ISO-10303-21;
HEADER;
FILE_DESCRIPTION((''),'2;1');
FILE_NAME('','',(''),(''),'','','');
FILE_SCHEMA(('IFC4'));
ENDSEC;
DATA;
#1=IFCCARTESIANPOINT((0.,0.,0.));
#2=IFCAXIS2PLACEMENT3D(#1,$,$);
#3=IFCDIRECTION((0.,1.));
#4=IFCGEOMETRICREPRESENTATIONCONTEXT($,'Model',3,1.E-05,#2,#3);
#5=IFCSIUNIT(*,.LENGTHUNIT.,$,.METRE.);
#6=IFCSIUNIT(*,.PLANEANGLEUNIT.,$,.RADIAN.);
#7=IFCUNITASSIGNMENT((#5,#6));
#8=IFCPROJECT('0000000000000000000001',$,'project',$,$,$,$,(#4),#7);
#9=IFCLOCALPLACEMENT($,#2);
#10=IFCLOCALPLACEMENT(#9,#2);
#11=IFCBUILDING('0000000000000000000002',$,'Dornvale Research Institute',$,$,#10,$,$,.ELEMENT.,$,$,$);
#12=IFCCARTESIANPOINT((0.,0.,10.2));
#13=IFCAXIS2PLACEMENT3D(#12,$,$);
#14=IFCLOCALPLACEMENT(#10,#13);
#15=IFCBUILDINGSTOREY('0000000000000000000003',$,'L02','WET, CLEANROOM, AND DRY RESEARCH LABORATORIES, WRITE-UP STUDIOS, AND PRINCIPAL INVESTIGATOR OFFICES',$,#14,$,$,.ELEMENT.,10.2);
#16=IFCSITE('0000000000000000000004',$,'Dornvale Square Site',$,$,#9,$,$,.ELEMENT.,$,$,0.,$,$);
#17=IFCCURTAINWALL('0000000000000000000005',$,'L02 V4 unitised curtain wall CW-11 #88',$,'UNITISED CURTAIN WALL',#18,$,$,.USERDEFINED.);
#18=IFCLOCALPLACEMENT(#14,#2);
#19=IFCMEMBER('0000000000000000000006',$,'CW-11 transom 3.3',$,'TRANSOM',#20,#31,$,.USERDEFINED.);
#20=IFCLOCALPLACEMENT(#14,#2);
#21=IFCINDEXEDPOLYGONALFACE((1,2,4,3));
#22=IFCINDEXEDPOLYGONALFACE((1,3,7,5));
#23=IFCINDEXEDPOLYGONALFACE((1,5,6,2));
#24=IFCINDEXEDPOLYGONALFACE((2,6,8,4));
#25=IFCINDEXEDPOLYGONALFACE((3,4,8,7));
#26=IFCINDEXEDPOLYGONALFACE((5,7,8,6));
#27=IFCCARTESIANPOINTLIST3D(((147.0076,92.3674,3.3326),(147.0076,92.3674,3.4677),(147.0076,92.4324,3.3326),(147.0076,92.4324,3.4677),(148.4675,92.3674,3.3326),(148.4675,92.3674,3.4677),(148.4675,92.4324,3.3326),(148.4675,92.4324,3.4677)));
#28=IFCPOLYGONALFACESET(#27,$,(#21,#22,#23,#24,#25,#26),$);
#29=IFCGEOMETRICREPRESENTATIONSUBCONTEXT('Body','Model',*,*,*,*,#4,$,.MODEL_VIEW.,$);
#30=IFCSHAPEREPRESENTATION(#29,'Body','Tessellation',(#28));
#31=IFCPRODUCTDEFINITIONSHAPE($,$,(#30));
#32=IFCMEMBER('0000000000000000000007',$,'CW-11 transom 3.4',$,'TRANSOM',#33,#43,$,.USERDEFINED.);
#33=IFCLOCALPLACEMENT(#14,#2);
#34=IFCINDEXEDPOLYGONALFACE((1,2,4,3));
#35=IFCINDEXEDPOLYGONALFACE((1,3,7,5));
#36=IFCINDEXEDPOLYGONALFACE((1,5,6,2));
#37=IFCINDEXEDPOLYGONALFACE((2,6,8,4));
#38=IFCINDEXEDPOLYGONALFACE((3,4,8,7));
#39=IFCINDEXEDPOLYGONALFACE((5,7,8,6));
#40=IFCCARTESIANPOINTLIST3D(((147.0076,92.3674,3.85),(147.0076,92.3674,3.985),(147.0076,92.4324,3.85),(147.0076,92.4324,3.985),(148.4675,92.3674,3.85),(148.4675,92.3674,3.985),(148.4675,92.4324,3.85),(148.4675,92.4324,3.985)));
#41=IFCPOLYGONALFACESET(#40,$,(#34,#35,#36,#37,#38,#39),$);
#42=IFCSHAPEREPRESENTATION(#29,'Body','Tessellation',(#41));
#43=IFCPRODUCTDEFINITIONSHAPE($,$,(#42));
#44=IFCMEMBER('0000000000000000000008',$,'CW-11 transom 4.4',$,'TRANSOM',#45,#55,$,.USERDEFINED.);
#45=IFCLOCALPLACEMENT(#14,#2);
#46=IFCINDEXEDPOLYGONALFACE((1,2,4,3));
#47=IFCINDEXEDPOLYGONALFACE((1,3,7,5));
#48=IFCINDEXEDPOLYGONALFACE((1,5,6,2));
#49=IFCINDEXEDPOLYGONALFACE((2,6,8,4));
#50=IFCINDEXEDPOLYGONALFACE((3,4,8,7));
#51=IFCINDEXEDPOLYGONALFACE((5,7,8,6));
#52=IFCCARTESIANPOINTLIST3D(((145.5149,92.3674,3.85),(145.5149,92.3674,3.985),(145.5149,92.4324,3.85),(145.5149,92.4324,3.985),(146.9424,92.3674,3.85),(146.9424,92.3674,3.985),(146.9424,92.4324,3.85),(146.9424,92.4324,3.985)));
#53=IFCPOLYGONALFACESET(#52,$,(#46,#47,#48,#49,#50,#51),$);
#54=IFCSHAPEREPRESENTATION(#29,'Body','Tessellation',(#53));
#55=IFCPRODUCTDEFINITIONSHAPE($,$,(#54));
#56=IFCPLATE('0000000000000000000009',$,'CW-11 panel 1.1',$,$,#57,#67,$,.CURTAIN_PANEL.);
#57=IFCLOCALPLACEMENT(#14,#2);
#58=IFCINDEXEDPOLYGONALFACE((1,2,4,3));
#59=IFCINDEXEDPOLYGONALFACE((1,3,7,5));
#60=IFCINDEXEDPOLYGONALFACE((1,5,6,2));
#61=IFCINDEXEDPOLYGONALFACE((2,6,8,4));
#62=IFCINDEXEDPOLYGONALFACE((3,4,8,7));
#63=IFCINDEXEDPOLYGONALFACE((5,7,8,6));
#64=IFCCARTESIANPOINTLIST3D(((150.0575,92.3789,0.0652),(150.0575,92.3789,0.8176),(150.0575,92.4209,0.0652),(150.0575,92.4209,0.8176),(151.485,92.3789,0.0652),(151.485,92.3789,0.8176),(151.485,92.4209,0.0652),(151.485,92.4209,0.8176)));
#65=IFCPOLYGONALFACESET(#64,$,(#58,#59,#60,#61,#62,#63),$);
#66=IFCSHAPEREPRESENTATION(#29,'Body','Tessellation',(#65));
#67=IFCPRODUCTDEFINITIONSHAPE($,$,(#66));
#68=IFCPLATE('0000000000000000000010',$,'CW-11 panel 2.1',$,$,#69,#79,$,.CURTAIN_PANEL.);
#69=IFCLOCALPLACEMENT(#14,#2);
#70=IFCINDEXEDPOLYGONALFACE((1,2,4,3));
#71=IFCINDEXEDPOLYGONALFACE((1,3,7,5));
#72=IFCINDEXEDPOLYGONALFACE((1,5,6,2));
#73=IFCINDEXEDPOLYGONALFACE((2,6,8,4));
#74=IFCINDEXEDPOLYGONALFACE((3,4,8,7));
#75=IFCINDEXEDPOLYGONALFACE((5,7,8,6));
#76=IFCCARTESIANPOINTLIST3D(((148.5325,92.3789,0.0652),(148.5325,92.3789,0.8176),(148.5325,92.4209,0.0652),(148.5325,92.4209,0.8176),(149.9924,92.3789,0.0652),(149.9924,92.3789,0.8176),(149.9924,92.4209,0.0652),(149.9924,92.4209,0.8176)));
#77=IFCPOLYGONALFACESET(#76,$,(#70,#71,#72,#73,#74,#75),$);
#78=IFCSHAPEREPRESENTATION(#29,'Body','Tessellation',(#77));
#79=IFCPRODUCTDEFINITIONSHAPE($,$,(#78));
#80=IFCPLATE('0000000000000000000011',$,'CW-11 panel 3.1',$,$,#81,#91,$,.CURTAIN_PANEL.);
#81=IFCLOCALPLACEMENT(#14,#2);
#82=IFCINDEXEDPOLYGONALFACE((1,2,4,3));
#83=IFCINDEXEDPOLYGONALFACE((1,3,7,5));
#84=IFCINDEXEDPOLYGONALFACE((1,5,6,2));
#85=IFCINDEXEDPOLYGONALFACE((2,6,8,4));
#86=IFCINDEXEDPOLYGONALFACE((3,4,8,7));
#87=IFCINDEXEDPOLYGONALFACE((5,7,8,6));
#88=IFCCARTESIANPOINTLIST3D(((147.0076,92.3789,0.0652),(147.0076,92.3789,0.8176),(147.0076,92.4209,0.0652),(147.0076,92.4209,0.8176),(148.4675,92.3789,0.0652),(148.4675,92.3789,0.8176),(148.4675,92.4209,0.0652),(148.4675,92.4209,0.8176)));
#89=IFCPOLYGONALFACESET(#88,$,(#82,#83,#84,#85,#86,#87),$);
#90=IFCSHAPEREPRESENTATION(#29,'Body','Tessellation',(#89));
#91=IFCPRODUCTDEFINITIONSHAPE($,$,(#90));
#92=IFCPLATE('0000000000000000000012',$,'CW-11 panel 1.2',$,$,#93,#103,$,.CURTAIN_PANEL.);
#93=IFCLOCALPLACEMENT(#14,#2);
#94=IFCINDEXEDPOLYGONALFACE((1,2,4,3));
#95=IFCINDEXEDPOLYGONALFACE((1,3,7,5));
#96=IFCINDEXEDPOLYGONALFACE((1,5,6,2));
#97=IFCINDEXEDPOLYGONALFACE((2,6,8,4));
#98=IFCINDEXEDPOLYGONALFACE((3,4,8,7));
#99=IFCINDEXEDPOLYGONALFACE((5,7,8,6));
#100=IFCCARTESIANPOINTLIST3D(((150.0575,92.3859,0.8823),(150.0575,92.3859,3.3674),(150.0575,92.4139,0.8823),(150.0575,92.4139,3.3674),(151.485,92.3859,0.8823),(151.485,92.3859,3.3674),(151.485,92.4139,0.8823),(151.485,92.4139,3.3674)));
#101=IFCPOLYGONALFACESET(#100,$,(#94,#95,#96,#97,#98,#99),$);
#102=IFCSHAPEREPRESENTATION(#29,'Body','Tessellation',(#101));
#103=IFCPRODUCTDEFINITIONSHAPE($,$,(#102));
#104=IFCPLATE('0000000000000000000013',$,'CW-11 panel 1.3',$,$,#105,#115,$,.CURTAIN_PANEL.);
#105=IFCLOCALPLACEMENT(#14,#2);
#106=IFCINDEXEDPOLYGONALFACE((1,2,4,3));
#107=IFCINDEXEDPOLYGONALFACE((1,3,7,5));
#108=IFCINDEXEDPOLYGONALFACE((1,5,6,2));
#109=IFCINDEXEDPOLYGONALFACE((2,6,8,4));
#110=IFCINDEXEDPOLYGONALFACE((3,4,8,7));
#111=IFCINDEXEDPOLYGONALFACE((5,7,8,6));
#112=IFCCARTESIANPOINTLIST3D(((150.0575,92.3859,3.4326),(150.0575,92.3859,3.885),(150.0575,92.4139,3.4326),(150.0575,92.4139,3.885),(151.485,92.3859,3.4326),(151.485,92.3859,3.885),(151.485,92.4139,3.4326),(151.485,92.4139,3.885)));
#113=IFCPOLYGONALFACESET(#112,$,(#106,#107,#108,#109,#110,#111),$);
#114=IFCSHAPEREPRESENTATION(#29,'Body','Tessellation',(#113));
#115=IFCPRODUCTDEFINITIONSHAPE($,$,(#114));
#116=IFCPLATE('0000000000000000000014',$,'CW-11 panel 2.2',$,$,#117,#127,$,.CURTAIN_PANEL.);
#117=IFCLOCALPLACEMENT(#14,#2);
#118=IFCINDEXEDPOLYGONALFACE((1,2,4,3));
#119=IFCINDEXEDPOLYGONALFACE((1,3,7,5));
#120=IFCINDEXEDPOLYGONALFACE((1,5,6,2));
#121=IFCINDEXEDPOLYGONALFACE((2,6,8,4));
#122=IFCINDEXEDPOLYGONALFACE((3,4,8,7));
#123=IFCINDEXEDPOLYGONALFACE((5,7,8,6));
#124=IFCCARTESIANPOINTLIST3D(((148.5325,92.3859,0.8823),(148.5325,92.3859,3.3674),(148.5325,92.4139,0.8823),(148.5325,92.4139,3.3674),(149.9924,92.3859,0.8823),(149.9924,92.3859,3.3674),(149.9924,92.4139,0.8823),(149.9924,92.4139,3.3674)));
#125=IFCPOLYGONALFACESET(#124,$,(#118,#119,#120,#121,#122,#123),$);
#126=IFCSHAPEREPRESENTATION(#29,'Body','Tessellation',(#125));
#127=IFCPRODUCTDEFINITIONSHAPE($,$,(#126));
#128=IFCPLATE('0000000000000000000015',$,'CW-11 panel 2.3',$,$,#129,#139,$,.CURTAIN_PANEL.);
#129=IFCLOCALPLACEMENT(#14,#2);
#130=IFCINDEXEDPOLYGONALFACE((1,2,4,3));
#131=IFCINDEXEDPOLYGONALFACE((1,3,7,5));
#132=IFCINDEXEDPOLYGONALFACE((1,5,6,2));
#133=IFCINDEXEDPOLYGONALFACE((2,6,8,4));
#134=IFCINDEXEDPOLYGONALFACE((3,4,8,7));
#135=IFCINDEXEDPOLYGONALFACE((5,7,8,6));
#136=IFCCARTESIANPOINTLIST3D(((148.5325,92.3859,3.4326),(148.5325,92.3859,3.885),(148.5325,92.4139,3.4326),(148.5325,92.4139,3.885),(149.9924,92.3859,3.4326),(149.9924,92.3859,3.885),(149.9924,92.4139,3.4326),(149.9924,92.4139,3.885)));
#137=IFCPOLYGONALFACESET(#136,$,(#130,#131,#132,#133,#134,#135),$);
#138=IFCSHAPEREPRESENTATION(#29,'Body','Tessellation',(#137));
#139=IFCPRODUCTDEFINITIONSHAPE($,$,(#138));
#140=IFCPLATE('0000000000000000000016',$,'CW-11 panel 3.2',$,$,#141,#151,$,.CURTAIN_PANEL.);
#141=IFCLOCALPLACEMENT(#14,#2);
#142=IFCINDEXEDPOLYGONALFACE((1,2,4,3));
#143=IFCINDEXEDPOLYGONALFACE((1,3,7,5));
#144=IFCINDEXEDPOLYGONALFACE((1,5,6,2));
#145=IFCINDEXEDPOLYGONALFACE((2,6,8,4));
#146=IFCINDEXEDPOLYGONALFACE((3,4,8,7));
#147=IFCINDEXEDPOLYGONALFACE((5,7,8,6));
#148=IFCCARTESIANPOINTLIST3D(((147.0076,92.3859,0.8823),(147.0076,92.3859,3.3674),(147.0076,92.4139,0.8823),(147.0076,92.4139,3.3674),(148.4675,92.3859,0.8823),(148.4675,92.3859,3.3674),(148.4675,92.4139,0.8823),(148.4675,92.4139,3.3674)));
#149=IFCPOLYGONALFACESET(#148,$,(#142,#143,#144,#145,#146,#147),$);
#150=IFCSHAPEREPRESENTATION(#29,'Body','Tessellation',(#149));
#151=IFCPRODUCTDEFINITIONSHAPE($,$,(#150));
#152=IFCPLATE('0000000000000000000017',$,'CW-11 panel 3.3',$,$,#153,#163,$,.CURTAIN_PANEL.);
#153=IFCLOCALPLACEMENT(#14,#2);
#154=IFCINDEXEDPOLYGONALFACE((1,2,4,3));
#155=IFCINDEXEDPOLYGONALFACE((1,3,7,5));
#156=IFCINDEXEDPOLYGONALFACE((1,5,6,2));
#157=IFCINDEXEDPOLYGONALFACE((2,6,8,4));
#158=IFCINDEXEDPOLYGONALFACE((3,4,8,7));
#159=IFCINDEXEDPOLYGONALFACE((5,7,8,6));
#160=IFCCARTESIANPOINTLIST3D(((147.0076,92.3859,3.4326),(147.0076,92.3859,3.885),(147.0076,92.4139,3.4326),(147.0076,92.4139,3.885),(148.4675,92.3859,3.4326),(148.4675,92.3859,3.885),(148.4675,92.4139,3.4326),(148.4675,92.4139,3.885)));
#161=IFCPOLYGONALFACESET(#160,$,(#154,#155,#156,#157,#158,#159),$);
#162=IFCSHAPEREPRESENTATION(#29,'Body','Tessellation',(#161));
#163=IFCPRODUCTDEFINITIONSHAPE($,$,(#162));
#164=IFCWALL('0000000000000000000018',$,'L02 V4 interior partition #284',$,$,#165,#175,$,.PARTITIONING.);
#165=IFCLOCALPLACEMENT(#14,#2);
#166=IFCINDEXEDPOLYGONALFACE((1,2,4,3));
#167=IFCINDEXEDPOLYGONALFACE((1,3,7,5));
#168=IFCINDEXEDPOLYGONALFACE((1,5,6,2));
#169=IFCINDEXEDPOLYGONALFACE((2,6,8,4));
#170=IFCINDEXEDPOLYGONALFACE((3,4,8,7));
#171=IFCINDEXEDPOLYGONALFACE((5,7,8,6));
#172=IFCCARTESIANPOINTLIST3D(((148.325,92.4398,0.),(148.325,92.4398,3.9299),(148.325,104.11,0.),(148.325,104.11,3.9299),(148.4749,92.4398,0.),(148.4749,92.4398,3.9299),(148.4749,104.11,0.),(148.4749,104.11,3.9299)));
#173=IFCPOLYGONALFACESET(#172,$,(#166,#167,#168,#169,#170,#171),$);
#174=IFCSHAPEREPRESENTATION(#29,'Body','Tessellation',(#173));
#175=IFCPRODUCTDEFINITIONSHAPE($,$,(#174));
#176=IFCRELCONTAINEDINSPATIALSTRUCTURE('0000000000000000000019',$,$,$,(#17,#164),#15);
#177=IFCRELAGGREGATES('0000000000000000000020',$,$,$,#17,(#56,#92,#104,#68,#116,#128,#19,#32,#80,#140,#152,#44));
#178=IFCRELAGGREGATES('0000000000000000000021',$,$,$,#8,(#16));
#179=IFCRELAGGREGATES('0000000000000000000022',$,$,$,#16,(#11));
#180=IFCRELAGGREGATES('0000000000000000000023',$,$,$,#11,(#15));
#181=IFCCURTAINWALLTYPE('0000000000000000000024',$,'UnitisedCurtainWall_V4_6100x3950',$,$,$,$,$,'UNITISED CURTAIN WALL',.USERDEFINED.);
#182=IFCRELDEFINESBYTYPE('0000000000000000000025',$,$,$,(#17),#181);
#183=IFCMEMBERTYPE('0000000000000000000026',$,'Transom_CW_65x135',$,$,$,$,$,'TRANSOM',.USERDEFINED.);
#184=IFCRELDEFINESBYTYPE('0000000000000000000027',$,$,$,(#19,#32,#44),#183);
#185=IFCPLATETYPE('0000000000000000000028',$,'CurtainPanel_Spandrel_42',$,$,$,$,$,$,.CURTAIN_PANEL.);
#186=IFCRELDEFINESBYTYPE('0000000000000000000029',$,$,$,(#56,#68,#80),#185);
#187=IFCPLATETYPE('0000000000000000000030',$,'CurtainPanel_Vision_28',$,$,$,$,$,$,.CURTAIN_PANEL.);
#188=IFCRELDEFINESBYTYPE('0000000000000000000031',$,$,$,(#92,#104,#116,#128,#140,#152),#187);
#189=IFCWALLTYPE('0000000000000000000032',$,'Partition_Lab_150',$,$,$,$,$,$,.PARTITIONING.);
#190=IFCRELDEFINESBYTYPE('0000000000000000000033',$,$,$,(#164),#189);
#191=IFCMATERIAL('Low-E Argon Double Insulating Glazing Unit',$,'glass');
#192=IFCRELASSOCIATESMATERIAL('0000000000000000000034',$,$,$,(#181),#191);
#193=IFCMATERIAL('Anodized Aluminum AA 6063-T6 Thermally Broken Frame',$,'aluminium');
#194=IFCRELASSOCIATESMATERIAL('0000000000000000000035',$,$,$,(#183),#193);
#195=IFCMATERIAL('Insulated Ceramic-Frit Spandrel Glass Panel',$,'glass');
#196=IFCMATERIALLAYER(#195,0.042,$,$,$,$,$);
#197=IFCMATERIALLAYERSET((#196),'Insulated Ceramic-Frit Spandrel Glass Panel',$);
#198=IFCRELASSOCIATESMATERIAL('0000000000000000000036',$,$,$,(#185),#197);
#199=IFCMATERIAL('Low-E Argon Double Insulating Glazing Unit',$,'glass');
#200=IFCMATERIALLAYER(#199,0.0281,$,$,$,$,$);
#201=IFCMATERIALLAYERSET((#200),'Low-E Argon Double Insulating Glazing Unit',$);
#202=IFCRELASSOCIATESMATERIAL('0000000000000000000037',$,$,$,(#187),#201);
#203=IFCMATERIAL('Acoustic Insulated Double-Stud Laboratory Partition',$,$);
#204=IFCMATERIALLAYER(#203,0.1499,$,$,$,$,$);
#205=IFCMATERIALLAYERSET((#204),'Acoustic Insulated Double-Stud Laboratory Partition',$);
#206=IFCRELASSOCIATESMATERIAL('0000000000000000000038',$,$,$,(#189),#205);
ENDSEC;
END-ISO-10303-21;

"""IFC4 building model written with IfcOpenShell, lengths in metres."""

from ifc_helpers import new_model, si_unit, direction, frame, frame_2d, origin, origin_2d, place, context, subcontext, project, spatial, rectangle, extrude, material, layer, layer_set, material_profile, profile_set, type_object, element, aggregate, save


model = new_model("IFC4")

# Units and contexts
model_context = context("Model", 3, precision=1e-05, world=origin(), true_north=direction((0.0, 1.0)))
body_context = subcontext(model_context, "Body", "Model", "MODEL_VIEW")
ifc_project = project(units=[si_unit("LENGTHUNIT", "METRE"), si_unit("PLANEANGLEUNIT", "RADIAN")], contexts=[model_context])

# Site, building, storey
site_placement = place(None, origin())
site = spatial("IfcSite", under=ifc_project, at=site_placement, Name="Dornvale Square Site", CompositionType="ELEMENT", RefElevation=0.0)
building_placement = place(site_placement, origin())
building = spatial("IfcBuilding", under=site, at=building_placement, Name="Dornvale Research Institute", CompositionType="ELEMENT")
storey_placement = place(building_placement, frame((0.0, 0.0, 10.2)))
storey = spatial("IfcBuildingStorey", under=building, at=storey_placement, Name="L02", Description="WET, CLEANROOM, AND DRY RESEARCH LABORATORIES, WRITE-UP STUDIOS, AND PRINCIPAL INVESTIGATOR OFFICES", CompositionType="ELEMENT", Elevation=10.2)

# Curtain wall, members, plates
ifc_material_1 = material(Name="Low-E Argon Double Insulating Glazing Unit", Category="glass")
curtain_wall_type = type_object("IfcCurtainWallType", Name="UnitisedCurtainWall_V4_6100x3950", ElementType="UNITISED CURTAIN WALL", PredefinedType="USERDEFINED", material=ifc_material_1)
curtain_wall_placement = place(storey_placement, origin())
curtain_wall = element("IfcCurtainWall", 1, at=curtain_wall_placement, inside=storey, type_object=curtain_wall_type, Name="L02 V4 unitised curtain wall CW-11 #88", ObjectType="UNITISED CURTAIN WALL", PredefinedType="USERDEFINED")
ifc_material_2 = material(Name="Anodized Aluminum AA 6063-T6 Thermally Broken Frame", Category="aluminium")
ifc_material_profile_1 = material_profile(ifc_material_2, rectangle(XDim=0.0649, YDim=0.135, at=origin_2d()), Name="ALU TRANSOM 65x135")
ifc_profile_set_1 = profile_set([ifc_material_profile_1], Name="Anodized Aluminum AA 6063-T6 Thermally Broken Frame")
member_type_1 = type_object("IfcMemberType", Name="Transom_CW_65x135", ElementType="TRANSOM", PredefinedType="USERDEFINED", material=ifc_profile_set_1)
member_1_placement = place(storey_placement, frame((148.4675, 92.3999, 3.4001), z_axis=(-1.0, 0.0, 0.0), x_axis=(0.0, -1.0, 0.0)))
member_1 = element("IfcMember", 2, at=member_1_placement, type_object=member_type_1, Name="CW-11 transom 3.3", ObjectType="TRANSOM", PredefinedType="USERDEFINED", context=body_context, shape_type="SweptSolid", body=[
    extrude(rectangle(XDim=0.0649, YDim=0.135, at=origin_2d()), origin(), (0.0, 0.0, 1.0), 1.46),
])
member_2_placement = place(storey_placement, frame((148.4675, 92.3999, 3.9175), z_axis=(-1.0, 0.0, 0.0), x_axis=(0.0, -1.0, 0.0)))
member_2 = element("IfcMember", 3, at=member_2_placement, type_object=member_type_1, Name="CW-11 transom 3.4", ObjectType="TRANSOM", PredefinedType="USERDEFINED", context=body_context, shape_type="SweptSolid", body=[
    extrude(rectangle(XDim=0.0649, YDim=0.135, at=origin_2d()), origin(), (0.0, 0.0, 1.0), 1.46),
])
member_3_placement = place(storey_placement, frame((146.9424, 92.3999, 3.9175), z_axis=(-1.0, 0.0, 0.0), x_axis=(0.0, -1.0, 0.0)))
member_3 = element("IfcMember", 4, at=member_3_placement, type_object=member_type_1, Name="CW-11 transom 4.4", ObjectType="TRANSOM", PredefinedType="USERDEFINED", context=body_context, shape_type="SweptSolid", body=[
    extrude(rectangle(XDim=0.0649, YDim=0.135, at=origin_2d()), origin(), (0.0, 0.0, 1.0), 1.4275),
])
ifc_material_3 = material(Name="Insulated Ceramic-Frit Spandrel Glass Panel", Category="glass")
ifc_layer_1 = layer(ifc_material_3, 0.042)
ifc_layer_set_1 = layer_set([ifc_layer_1], Name="Insulated Ceramic-Frit Spandrel Glass Panel")
plate_type_1 = type_object("IfcPlateType", Name="CurtainPanel_Spandrel_42", PredefinedType="CURTAIN_PANEL", material=ifc_layer_set_1)
plate_1_placement = place(storey_placement, frame((150.7712, 92.3999, 0.0652), z_axis=(0.0, 0.0, 1.0), x_axis=(-1.0, 0.0, 0.0)))
plate_1 = element("IfcPlate", 5, at=plate_1_placement, type_object=plate_type_1, Name="CW-11 panel 1.1", PredefinedType="CURTAIN_PANEL", context=body_context, shape_type="SweptSolid", body=[
    extrude(rectangle(XDim=1.4275, YDim=0.042, at=origin_2d()), origin(), (0.0, 0.0, 1.0), 0.7524),
])
plate_2_placement = place(storey_placement, frame((149.2625, 92.3999, 0.0652), z_axis=(0.0, 0.0, 1.0), x_axis=(-1.0, 0.0, 0.0)))
plate_2 = element("IfcPlate", 6, at=plate_2_placement, type_object=plate_type_1, Name="CW-11 panel 2.1", PredefinedType="CURTAIN_PANEL", context=body_context, shape_type="SweptSolid", body=[
    extrude(rectangle(XDim=1.46, YDim=0.042, at=origin_2d()), origin(), (0.0, 0.0, 1.0), 0.7524),
])
plate_3_placement = place(storey_placement, frame((147.7375, 92.3999, 0.0652), z_axis=(0.0, 0.0, 1.0), x_axis=(-1.0, 0.0, 0.0)))
plate_3 = element("IfcPlate", 7, at=plate_3_placement, type_object=plate_type_1, Name="CW-11 panel 3.1", PredefinedType="CURTAIN_PANEL", context=body_context, shape_type="SweptSolid", body=[
    extrude(rectangle(XDim=1.46, YDim=0.042, at=origin_2d()), origin(), (0.0, 0.0, 1.0), 0.7524),
])
ifc_material_4 = material(Name="Low-E Argon Double Insulating Glazing Unit", Category="glass")
ifc_layer_2 = layer(ifc_material_4, 0.0281)
ifc_layer_set_2 = layer_set([ifc_layer_2], Name="Low-E Argon Double Insulating Glazing Unit")
plate_type_2 = type_object("IfcPlateType", Name="CurtainPanel_Vision_28", PredefinedType="CURTAIN_PANEL", material=ifc_layer_set_2)
plate_4_placement = place(storey_placement, frame((150.7712, 92.3999, 0.8823), z_axis=(0.0, 0.0, 1.0), x_axis=(-1.0, 0.0, 0.0)))
plate_4 = element("IfcPlate", 8, at=plate_4_placement, type_object=plate_type_2, Name="CW-11 panel 1.2", PredefinedType="CURTAIN_PANEL", context=body_context, shape_type="SweptSolid", body=[
    extrude(rectangle(XDim=1.4275, YDim=0.0281, at=origin_2d()), origin(), (0.0, 0.0, 1.0), 2.4851),
])
plate_5_placement = place(storey_placement, frame((150.7712, 92.3999, 3.4326), z_axis=(0.0, 0.0, 1.0), x_axis=(-1.0, 0.0, 0.0)))
plate_5 = element("IfcPlate", 9, at=plate_5_placement, type_object=plate_type_2, Name="CW-11 panel 1.3", PredefinedType="CURTAIN_PANEL", context=body_context, shape_type="SweptSolid", body=[
    extrude(rectangle(XDim=1.4275, YDim=0.0281, at=origin_2d()), origin(), (0.0, 0.0, 1.0), 0.4524),
])
plate_6_placement = place(storey_placement, frame((149.2625, 92.3999, 0.8823), z_axis=(0.0, 0.0, 1.0), x_axis=(-1.0, 0.0, 0.0)))
plate_6 = element("IfcPlate", 10, at=plate_6_placement, type_object=plate_type_2, Name="CW-11 panel 2.2", PredefinedType="CURTAIN_PANEL", context=body_context, shape_type="SweptSolid", body=[
    extrude(rectangle(XDim=1.46, YDim=0.0281, at=origin_2d()), origin(), (0.0, 0.0, 1.0), 2.4851),
])
plate_7_placement = place(storey_placement, frame((149.2625, 92.3999, 3.4326), z_axis=(0.0, 0.0, 1.0), x_axis=(-1.0, 0.0, 0.0)))
plate_7 = element("IfcPlate", 11, at=plate_7_placement, type_object=plate_type_2, Name="CW-11 panel 2.3", PredefinedType="CURTAIN_PANEL", context=body_context, shape_type="SweptSolid", body=[
    extrude(rectangle(XDim=1.46, YDim=0.0281, at=origin_2d()), origin(), (0.0, 0.0, 1.0), 0.4524),
])
plate_8_placement = place(storey_placement, frame((147.7375, 92.3999, 0.8823), z_axis=(0.0, 0.0, 1.0), x_axis=(-1.0, 0.0, 0.0)))
plate_8 = element("IfcPlate", 12, at=plate_8_placement, type_object=plate_type_2, Name="CW-11 panel 3.2", PredefinedType="CURTAIN_PANEL", context=body_context, shape_type="SweptSolid", body=[
    extrude(rectangle(XDim=1.46, YDim=0.0281, at=origin_2d()), origin(), (0.0, 0.0, 1.0), 2.4851),
])
plate_9_placement = place(storey_placement, frame((147.7375, 92.3999, 3.4326), z_axis=(0.0, 0.0, 1.0), x_axis=(-1.0, 0.0, 0.0)))
plate_9 = element("IfcPlate", 13, at=plate_9_placement, type_object=plate_type_2, Name="CW-11 panel 3.3", PredefinedType="CURTAIN_PANEL", context=body_context, shape_type="SweptSolid", body=[
    extrude(rectangle(XDim=1.46, YDim=0.0281, at=origin_2d()), origin(), (0.0, 0.0, 1.0), 0.4524),
])
aggregate(curtain_wall, [plate_1, plate_4, plate_5, plate_2, plate_6, plate_7, member_1, member_2, plate_3, plate_8, plate_9, member_3])

# Wall
ifc_material_5 = material(Name="Acoustic Insulated Double-Stud Laboratory Partition")
ifc_layer_3 = layer(ifc_material_5, 0.1499)
ifc_layer_set_3 = layer_set([ifc_layer_3], Name="Acoustic Insulated Double-Stud Laboratory Partition")
wall_type = type_object("IfcWallType", Name="Partition_Lab_150", PredefinedType="PARTITIONING", material=ifc_layer_set_3)
wall_placement = place(storey_placement, frame((148.3999, 92.4399, 0.0), z_axis=(0.0, 0.0, 1.0), x_axis=(0.0, 1.0, 0.0)))
element("IfcWall", 14, at=wall_placement, inside=storey, type_object=wall_type, Name="L02 V4 interior partition #284", PredefinedType="PARTITIONING", context=body_context, shape_type="SweptSolid", body=[
    extrude(rectangle(XDim=11.6702, YDim=0.1499, at=frame_2d((5.835, 0.0))), origin(), (0.0, 0.0, 1.0), 3.9299),
])

save(model, "model.ifc")
